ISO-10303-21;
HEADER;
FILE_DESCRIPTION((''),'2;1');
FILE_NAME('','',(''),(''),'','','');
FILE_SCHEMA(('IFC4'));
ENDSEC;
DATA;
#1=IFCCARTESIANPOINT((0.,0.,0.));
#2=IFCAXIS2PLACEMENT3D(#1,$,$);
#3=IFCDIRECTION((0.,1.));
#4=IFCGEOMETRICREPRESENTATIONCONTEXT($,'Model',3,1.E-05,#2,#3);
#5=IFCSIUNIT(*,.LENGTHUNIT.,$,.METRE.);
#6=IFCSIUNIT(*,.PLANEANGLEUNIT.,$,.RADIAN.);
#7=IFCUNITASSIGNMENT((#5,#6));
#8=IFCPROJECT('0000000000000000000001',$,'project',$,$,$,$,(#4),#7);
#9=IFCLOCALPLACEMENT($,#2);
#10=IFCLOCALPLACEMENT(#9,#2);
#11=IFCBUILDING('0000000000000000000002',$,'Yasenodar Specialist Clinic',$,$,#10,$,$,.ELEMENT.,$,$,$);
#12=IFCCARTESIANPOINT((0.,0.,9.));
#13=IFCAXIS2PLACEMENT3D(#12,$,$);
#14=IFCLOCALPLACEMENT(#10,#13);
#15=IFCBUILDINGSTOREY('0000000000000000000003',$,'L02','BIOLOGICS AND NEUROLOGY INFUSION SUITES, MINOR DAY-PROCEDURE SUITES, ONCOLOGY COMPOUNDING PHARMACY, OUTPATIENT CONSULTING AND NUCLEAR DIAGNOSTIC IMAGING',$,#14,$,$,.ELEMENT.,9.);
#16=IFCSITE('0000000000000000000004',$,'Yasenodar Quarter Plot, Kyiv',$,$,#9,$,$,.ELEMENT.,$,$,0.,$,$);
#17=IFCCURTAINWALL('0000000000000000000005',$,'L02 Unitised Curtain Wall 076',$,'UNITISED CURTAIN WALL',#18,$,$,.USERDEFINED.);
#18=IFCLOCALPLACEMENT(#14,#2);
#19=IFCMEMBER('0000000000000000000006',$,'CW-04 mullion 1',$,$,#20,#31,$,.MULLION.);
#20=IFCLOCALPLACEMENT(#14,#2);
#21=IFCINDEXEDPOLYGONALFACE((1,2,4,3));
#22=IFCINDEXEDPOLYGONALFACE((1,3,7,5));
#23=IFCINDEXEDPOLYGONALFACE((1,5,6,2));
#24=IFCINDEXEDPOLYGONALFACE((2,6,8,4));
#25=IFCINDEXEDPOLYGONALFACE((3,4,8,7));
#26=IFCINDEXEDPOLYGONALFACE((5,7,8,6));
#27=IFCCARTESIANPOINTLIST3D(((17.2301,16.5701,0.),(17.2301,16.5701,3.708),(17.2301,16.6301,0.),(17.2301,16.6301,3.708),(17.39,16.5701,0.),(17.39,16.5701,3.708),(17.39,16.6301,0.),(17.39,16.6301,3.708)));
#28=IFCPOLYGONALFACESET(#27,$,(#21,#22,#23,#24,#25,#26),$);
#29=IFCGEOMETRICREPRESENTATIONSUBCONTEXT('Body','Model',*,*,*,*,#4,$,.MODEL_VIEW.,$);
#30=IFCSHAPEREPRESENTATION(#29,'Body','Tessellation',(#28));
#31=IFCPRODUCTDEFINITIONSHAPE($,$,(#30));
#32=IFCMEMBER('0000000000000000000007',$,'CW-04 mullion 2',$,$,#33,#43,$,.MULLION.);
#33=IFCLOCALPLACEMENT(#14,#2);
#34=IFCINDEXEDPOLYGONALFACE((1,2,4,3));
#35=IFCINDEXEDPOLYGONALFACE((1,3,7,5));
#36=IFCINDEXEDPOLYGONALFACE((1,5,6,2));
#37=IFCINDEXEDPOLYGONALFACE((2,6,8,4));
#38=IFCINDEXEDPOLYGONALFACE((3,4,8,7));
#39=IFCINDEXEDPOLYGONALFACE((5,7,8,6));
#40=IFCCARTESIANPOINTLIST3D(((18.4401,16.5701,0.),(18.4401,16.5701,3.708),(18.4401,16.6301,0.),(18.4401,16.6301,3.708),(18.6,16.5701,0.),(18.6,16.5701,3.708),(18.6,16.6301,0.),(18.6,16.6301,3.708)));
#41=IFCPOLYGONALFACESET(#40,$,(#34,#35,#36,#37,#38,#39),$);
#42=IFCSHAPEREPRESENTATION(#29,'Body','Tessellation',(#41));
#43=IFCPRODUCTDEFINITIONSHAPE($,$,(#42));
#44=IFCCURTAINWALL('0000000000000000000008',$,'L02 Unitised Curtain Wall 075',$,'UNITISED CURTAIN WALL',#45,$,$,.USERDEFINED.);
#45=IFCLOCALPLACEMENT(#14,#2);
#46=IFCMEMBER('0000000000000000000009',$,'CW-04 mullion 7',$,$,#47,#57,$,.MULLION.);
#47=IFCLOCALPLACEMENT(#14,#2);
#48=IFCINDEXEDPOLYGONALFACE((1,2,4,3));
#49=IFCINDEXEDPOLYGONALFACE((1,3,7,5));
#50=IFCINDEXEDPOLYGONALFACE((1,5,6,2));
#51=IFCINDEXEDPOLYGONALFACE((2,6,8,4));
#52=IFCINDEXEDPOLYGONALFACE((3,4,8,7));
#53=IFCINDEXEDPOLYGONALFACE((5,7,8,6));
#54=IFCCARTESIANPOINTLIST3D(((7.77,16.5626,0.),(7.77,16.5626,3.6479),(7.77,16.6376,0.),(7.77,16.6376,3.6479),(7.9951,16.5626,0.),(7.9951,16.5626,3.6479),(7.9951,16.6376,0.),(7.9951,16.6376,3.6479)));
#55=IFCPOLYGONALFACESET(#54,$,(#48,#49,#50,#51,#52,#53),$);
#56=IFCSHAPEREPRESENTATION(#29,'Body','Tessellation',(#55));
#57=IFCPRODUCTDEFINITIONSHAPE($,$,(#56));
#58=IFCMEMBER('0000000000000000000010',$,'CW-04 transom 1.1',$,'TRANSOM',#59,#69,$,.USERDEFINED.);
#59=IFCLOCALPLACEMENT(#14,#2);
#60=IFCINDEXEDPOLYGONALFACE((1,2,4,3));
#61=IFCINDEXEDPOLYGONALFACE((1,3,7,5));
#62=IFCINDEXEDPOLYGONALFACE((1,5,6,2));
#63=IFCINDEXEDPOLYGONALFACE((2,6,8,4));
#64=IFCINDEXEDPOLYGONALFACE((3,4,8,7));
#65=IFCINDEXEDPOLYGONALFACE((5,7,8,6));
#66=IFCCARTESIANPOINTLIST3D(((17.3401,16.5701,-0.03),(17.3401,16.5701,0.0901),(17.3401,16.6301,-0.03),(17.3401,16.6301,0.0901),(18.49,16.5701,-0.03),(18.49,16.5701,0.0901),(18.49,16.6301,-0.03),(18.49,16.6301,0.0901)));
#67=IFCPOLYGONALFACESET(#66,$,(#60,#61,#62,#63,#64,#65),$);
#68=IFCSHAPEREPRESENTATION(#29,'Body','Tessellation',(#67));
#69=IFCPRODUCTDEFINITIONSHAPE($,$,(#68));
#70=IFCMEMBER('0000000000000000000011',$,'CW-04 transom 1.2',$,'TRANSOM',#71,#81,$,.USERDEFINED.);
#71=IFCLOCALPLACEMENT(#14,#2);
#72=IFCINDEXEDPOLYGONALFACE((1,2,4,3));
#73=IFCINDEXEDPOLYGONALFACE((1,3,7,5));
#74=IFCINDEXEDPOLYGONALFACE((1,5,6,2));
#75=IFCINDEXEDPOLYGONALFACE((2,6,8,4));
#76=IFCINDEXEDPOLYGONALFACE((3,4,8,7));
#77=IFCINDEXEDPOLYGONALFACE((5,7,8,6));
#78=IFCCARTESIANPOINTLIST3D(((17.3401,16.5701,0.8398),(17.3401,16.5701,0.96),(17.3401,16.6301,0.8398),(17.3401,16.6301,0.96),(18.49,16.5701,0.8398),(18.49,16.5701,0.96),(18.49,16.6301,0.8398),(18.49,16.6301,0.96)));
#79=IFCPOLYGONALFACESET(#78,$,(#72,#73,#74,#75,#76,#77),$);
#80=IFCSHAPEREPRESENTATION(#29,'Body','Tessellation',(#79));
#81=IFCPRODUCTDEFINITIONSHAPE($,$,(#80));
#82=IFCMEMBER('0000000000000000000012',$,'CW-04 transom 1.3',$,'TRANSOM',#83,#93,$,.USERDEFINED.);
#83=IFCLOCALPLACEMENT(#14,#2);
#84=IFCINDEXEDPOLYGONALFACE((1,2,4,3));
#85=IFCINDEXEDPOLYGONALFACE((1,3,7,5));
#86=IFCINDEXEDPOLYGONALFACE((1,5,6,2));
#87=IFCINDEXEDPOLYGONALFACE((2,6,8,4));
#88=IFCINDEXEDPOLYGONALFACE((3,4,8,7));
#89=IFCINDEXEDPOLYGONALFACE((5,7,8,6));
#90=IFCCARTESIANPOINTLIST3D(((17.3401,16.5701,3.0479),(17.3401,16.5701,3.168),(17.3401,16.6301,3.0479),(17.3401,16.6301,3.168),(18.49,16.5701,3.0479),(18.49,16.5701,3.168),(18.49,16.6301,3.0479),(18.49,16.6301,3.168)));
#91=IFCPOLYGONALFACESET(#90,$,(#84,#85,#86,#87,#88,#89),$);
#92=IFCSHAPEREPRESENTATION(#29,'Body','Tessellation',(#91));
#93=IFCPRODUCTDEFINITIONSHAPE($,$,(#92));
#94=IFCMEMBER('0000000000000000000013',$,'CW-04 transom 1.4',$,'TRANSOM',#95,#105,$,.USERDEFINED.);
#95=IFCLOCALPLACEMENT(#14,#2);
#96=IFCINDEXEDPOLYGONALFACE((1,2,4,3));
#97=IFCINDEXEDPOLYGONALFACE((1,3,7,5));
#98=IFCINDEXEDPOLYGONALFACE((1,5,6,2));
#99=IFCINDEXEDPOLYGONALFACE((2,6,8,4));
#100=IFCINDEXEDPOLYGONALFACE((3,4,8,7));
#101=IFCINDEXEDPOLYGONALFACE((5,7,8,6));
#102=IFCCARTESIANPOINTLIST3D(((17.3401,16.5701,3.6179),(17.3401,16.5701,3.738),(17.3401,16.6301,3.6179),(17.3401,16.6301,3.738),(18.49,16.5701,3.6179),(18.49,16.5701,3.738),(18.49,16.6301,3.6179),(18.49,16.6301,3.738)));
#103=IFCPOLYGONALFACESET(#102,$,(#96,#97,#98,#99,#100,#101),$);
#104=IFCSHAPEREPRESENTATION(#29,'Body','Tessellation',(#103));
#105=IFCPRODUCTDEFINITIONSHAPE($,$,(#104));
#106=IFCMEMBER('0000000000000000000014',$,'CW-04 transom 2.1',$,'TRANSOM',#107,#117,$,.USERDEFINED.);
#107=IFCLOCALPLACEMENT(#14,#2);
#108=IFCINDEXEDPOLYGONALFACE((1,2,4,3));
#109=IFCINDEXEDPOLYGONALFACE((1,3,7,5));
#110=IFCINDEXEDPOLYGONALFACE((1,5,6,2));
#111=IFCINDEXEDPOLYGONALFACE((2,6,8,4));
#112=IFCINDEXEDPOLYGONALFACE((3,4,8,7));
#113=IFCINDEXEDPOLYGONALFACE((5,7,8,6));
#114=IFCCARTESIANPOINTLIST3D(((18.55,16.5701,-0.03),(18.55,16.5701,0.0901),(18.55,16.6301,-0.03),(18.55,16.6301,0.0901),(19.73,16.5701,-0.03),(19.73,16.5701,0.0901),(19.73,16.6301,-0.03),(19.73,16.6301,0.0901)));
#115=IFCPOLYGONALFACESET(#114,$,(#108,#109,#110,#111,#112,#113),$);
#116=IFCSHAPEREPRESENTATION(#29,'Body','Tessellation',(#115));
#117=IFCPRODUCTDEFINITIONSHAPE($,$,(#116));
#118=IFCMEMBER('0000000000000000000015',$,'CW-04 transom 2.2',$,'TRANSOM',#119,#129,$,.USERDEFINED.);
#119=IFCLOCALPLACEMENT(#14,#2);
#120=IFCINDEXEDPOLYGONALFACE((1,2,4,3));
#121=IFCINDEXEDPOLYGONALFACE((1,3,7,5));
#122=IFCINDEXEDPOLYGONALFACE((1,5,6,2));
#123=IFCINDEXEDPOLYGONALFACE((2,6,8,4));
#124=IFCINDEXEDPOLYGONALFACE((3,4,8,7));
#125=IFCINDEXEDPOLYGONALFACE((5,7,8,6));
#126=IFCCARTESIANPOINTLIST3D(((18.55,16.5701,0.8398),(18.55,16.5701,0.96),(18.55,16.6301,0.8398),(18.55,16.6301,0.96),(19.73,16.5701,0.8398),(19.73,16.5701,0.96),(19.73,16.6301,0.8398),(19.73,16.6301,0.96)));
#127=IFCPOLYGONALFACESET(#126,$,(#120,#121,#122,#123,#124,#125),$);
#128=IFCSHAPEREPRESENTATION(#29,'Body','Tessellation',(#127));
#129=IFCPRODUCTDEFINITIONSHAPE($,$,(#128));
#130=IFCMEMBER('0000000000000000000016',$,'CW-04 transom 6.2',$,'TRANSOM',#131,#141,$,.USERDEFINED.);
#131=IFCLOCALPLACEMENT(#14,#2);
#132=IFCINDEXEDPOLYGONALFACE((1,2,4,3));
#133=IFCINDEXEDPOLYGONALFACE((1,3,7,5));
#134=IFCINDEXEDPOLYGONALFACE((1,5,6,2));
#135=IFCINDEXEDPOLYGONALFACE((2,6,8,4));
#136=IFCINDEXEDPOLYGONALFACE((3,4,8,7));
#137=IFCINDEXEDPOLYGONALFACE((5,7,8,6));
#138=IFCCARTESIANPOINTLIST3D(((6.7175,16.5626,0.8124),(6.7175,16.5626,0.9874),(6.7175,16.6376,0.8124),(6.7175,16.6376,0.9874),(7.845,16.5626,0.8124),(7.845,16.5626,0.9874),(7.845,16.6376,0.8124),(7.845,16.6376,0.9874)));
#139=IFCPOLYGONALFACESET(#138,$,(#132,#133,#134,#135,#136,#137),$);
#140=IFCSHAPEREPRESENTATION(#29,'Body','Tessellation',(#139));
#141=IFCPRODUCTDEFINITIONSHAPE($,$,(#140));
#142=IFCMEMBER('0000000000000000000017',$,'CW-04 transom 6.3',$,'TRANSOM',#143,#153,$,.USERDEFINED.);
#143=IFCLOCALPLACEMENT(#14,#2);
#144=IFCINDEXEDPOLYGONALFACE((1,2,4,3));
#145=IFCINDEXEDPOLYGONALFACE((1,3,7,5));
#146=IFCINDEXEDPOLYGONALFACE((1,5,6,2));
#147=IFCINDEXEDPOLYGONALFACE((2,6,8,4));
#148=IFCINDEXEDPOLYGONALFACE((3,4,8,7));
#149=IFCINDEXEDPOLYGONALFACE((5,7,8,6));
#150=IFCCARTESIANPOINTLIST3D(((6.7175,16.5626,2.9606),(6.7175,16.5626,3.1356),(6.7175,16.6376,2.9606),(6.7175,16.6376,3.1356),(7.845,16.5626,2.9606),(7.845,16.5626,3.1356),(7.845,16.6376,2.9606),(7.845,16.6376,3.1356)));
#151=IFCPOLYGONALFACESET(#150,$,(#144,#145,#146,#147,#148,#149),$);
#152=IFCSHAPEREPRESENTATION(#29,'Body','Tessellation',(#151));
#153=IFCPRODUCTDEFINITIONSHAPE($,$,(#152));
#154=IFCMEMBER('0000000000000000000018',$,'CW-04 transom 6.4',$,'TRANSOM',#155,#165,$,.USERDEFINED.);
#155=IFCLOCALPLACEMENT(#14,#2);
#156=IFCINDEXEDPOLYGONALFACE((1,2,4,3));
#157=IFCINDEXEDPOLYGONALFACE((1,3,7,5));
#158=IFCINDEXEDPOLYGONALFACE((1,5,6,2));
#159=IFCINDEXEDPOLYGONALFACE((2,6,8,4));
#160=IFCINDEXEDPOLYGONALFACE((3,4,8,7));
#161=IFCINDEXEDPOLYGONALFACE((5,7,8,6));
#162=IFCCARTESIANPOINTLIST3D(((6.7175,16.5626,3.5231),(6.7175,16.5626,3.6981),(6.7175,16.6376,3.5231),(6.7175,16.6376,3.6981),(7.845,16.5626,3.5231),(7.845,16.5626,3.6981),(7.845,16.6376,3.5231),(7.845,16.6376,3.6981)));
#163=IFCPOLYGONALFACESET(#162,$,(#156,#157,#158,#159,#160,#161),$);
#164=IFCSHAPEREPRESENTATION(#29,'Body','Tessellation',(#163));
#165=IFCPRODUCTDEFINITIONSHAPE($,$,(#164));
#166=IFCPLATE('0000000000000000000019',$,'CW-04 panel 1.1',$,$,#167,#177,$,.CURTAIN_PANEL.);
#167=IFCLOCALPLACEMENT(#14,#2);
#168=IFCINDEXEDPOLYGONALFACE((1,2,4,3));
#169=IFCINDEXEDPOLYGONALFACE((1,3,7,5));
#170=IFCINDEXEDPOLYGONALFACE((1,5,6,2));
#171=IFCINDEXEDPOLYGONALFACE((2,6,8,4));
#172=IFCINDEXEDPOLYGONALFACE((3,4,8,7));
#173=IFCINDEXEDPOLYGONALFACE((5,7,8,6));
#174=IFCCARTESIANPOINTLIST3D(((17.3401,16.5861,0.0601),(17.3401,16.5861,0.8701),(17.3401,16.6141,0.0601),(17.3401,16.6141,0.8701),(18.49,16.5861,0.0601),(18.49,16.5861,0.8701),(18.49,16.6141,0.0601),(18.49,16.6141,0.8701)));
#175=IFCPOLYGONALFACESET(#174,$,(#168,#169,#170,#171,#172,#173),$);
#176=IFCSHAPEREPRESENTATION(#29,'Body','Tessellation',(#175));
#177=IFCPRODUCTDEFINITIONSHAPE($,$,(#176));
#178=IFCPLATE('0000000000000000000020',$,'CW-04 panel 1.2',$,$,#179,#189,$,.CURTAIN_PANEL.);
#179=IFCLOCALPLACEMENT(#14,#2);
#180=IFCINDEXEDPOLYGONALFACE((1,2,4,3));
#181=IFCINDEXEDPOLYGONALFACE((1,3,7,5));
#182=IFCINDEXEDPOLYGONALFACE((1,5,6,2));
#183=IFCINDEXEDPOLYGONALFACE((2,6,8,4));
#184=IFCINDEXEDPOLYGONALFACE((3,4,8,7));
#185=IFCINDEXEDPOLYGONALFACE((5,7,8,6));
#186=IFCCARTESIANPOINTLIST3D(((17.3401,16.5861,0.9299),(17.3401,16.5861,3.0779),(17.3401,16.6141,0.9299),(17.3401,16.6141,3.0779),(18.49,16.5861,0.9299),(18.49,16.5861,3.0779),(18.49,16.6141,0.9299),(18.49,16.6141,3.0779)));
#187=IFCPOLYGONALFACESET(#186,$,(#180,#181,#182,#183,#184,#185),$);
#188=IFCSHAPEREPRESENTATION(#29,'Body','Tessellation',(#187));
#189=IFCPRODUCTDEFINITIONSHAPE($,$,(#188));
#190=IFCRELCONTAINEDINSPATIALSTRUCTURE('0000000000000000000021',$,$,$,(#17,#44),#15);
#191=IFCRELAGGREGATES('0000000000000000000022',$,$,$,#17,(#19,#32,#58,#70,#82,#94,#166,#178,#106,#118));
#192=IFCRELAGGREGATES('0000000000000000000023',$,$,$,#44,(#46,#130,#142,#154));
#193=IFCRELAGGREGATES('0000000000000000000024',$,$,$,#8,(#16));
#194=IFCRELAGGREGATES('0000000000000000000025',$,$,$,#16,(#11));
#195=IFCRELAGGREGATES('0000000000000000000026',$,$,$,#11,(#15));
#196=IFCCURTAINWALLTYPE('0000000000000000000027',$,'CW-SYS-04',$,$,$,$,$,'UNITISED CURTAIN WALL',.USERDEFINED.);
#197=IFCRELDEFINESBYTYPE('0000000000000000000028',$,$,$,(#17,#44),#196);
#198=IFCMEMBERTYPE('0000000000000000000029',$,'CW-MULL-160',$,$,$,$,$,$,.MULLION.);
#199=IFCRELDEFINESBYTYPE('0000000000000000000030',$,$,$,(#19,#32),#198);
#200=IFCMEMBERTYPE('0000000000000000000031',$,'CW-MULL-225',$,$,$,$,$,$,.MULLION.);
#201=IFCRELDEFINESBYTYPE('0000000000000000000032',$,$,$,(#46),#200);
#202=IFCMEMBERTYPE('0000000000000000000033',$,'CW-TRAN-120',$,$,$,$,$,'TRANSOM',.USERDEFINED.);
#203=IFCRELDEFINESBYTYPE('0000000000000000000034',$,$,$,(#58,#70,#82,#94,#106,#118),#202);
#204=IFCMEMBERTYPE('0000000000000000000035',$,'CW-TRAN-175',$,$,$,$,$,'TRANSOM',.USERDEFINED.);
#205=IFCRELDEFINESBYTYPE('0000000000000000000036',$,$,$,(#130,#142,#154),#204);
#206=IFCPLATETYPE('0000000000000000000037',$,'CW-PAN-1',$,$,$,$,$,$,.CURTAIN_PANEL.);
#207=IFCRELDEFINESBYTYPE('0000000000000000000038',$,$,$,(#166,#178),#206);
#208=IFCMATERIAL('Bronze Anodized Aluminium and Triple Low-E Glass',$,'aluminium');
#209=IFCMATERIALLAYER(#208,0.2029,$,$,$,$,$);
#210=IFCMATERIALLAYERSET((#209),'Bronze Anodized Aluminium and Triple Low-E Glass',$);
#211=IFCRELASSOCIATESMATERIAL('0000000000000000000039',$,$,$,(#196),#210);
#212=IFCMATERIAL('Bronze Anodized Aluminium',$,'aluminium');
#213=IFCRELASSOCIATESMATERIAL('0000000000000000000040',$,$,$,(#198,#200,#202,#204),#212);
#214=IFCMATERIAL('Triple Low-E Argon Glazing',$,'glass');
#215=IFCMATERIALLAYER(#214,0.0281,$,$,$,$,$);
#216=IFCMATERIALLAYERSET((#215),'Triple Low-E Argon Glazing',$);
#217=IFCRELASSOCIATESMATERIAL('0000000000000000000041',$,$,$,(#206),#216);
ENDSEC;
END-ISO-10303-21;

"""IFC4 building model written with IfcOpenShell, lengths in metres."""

from ifc_helpers import new_model, si_unit, direction, frame, origin, origin_2d, place, context, subcontext, project, spatial, rectangle, extrude, material, layer, layer_set, material_profile, profile_set, type_object, element, aggregate, save


model = new_model("IFC4")

# Units and contexts
model_context = context("Model", 3, precision=1e-05, world=origin(), true_north=direction((0.0, 1.0)))
body_context = subcontext(model_context, "Body", "Model", "MODEL_VIEW")
ifc_project = project(units=[si_unit("LENGTHUNIT", "METRE"), si_unit("PLANEANGLEUNIT", "RADIAN")], contexts=[model_context])

# Site, building, storey
site_placement = place(None, origin())
site = spatial("IfcSite", under=ifc_project, at=site_placement, Name="Yasenodar Quarter Plot, Kyiv", CompositionType="ELEMENT", RefElevation=0.0)
building_placement = place(site_placement, origin())
building = spatial("IfcBuilding", under=site, at=building_placement, Name="Yasenodar Specialist Clinic", CompositionType="ELEMENT")
storey_placement = place(building_placement, frame((0.0, 0.0, 9.0)))
storey = spatial("IfcBuildingStorey", under=building, at=storey_placement, Name="L02", Description="BIOLOGICS AND NEUROLOGY INFUSION SUITES, MINOR DAY-PROCEDURE SUITES, ONCOLOGY COMPOUNDING PHARMACY, OUTPATIENT CONSULTING AND NUCLEAR DIAGNOSTIC IMAGING", CompositionType="ELEMENT", Elevation=9.0)

# Curtain wall, members
ifc_material_1 = material(Name="Bronze Anodized Aluminium and Triple Low-E Glass", Category="aluminium")
ifc_layer_1 = layer(ifc_material_1, 0.2029)
ifc_layer_set_1 = layer_set([ifc_layer_1], Name="Bronze Anodized Aluminium and Triple Low-E Glass")
curtain_wall_type = type_object("IfcCurtainWallType", Name="CW-SYS-04", ElementType="UNITISED CURTAIN WALL", PredefinedType="USERDEFINED", material=ifc_layer_set_1)
curtain_wall_1_placement = place(storey_placement, origin())
curtain_wall_1 = element("IfcCurtainWall", 1, at=curtain_wall_1_placement, inside=storey, type_object=curtain_wall_type, Name="L02 Unitised Curtain Wall 076", ObjectType="UNITISED CURTAIN WALL", PredefinedType="USERDEFINED")
ifc_material_2 = material(Name="Bronze Anodized Aluminium", Category="aluminium")
ifc_material_profile_1 = material_profile(ifc_material_2, rectangle(XDim=0.0601, YDim=0.1599, at=origin_2d()), Name="CW-MULL 60x160")
ifc_profile_set_1 = profile_set([ifc_material_profile_1], Name="Bronze Anodized Aluminium")
member_type_1 = type_object("IfcMemberType", Name="CW-MULL-160", PredefinedType="MULLION", material=ifc_profile_set_1)
member_1_placement = place(storey_placement, frame((17.3101, 16.6001, 0.0), z_axis=(0.0, 0.0, 1.0), x_axis=(0.0, 1.0, 0.0)))
member_1 = element("IfcMember", 2, at=member_1_placement, type_object=member_type_1, Name="CW-04 mullion 1", PredefinedType="MULLION", context=body_context, shape_type="SweptSolid", body=[
    extrude(rectangle(XDim=0.0601, YDim=0.1599, at=origin_2d()), origin(), (0.0, 0.0, 1.0), 3.708),
])
member_2_placement = place(storey_placement, frame((18.52, 16.6001, 0.0), z_axis=(0.0, 0.0, 1.0), x_axis=(0.0, 1.0, 0.0)))
member_2 = element("IfcMember", 3, at=member_2_placement, type_object=member_type_1, Name="CW-04 mullion 2", PredefinedType="MULLION", context=body_context, shape_type="SweptSolid", body=[
    extrude(rectangle(XDim=0.0601, YDim=0.1599, at=origin_2d()), origin(), (0.0, 0.0, 1.0), 3.708),
])

# Curtain wall, member
curtain_wall_2_placement = place(storey_placement, origin())
curtain_wall_2 = element("IfcCurtainWall", 4, at=curtain_wall_2_placement, inside=storey, type_object=curtain_wall_type, Name="L02 Unitised Curtain Wall 075", ObjectType="UNITISED CURTAIN WALL", PredefinedType="USERDEFINED")
ifc_material_profile_2 = material_profile(ifc_material_2, rectangle(XDim=0.075, YDim=0.2251, at=origin_2d()), Name="CW-MULL 75x225")
ifc_profile_set_2 = profile_set([ifc_material_profile_2], Name="Bronze Anodized Aluminium")
member_type_2 = type_object("IfcMemberType", Name="CW-MULL-225", PredefinedType="MULLION", material=ifc_profile_set_2)
member_3_placement = place(storey_placement, frame((7.8826, 16.6001, 0.0), z_axis=(0.0, 0.0, 1.0), x_axis=(0.0, 1.0, 0.0)))
member_3 = element("IfcMember", 5, at=member_3_placement, type_object=member_type_2, Name="CW-04 mullion 7", PredefinedType="MULLION", context=body_context, shape_type="SweptSolid", body=[
    extrude(rectangle(XDim=0.075, YDim=0.2251, at=origin_2d()), origin(), (0.0, 0.0, 1.0), 3.6479),
])

# Members
ifc_material_profile_3 = material_profile(ifc_material_2, rectangle(XDim=0.0601, YDim=0.1201, at=origin_2d()), Name="CW-TRAN 60x120")
ifc_profile_set_3 = profile_set([ifc_material_profile_3], Name="Bronze Anodized Aluminium")
member_type_3 = type_object("IfcMemberType", Name="CW-TRAN-120", ElementType="TRANSOM", PredefinedType="USERDEFINED", material=ifc_profile_set_3)
member_4_placement = place(storey_placement, frame((17.3401, 16.6001, 0.03), z_axis=(1.0, 0.0, 0.0), x_axis=(0.0, 1.0, 0.0)))
member_4 = element("IfcMember", 6, at=member_4_placement, type_object=member_type_3, Name="CW-04 transom 1.1", ObjectType="TRANSOM", PredefinedType="USERDEFINED", context=body_context, shape_type="SweptSolid", body=[
    extrude(rectangle(XDim=0.0601, YDim=0.1201, at=origin_2d()), origin(), (0.0, 0.0, 1.0), 1.1499),
])
member_5_placement = place(storey_placement, frame((17.3401, 16.6001, 0.8999), z_axis=(1.0, 0.0, 0.0), x_axis=(0.0, 1.0, 0.0)))
member_5 = element("IfcMember", 7, at=member_5_placement, type_object=member_type_3, Name="CW-04 transom 1.2", ObjectType="TRANSOM", PredefinedType="USERDEFINED", context=body_context, shape_type="SweptSolid", body=[
    extrude(rectangle(XDim=0.0601, YDim=0.1201, at=origin_2d()), origin(), (0.0, 0.0, 1.0), 1.1499),
])
member_6_placement = place(storey_placement, frame((17.3401, 16.6001, 3.1079), z_axis=(1.0, 0.0, 0.0), x_axis=(0.0, 1.0, 0.0)))
member_6 = element("IfcMember", 8, at=member_6_placement, type_object=member_type_3, Name="CW-04 transom 1.3", ObjectType="TRANSOM", PredefinedType="USERDEFINED", context=body_context, shape_type="SweptSolid", body=[
    extrude(rectangle(XDim=0.0601, YDim=0.1201, at=origin_2d()), origin(), (0.0, 0.0, 1.0), 1.1499),
])
member_7_placement = place(storey_placement, frame((17.3401, 16.6001, 3.678), z_axis=(1.0, 0.0, 0.0), x_axis=(0.0, 1.0, 0.0)))
member_7 = element("IfcMember", 9, at=member_7_placement, type_object=member_type_3, Name="CW-04 transom 1.4", ObjectType="TRANSOM", PredefinedType="USERDEFINED", context=body_context, shape_type="SweptSolid", body=[
    extrude(rectangle(XDim=0.0601, YDim=0.1201, at=origin_2d()), origin(), (0.0, 0.0, 1.0), 1.1499),
])
member_8_placement = place(storey_placement, frame((18.55, 16.6001, 0.03), z_axis=(1.0, 0.0, 0.0), x_axis=(0.0, 1.0, 0.0)))
member_8 = element("IfcMember", 10, at=member_8_placement, type_object=member_type_3, Name="CW-04 transom 2.1", ObjectType="TRANSOM", PredefinedType="USERDEFINED", context=body_context, shape_type="SweptSolid", body=[
    extrude(rectangle(XDim=0.0601, YDim=0.1201, at=origin_2d()), origin(), (0.0, 0.0, 1.0), 1.1799),
])
member_9_placement = place(storey_placement, frame((18.55, 16.6001, 0.8999), z_axis=(1.0, 0.0, 0.0), x_axis=(0.0, 1.0, 0.0)))
member_9 = element("IfcMember", 11, at=member_9_placement, type_object=member_type_3, Name="CW-04 transom 2.2", ObjectType="TRANSOM", PredefinedType="USERDEFINED", context=body_context, shape_type="SweptSolid", body=[
    extrude(rectangle(XDim=0.0601, YDim=0.1201, at=origin_2d()), origin(), (0.0, 0.0, 1.0), 1.1799),
])
ifc_material_profile_4 = material_profile(ifc_material_2, rectangle(XDim=0.075, YDim=0.175, at=origin_2d()), Name="CW-TRAN 75x175")
ifc_profile_set_4 = profile_set([ifc_material_profile_4], Name="Bronze Anodized Aluminium")
member_type_4 = type_object("IfcMemberType", Name="CW-TRAN-175", ElementType="TRANSOM", PredefinedType="USERDEFINED", material=ifc_profile_set_4)
member_10_placement = place(storey_placement, frame((6.7175, 16.6001, 0.8999), z_axis=(1.0, 0.0, 0.0), x_axis=(0.0, 1.0, 0.0)))
member_10 = element("IfcMember", 12, at=member_10_placement, type_object=member_type_4, Name="CW-04 transom 6.2", ObjectType="TRANSOM", PredefinedType="USERDEFINED", context=body_context, shape_type="SweptSolid", body=[
    extrude(rectangle(XDim=0.075, YDim=0.175, at=origin_2d()), origin(), (0.0, 0.0, 1.0), 1.1274),
])
member_11_placement = place(storey_placement, frame((6.7175, 16.6001, 3.0481), z_axis=(1.0, 0.0, 0.0), x_axis=(0.0, 1.0, 0.0)))
member_11 = element("IfcMember", 13, at=member_11_placement, type_object=member_type_4, Name="CW-04 transom 6.3", ObjectType="TRANSOM", PredefinedType="USERDEFINED", context=body_context, shape_type="SweptSolid", body=[
    extrude(rectangle(XDim=0.075, YDim=0.175, at=origin_2d()), origin(), (0.0, 0.0, 1.0), 1.1274),
])
member_12_placement = place(storey_placement, frame((6.7175, 16.6001, 3.6106), z_axis=(1.0, 0.0, 0.0), x_axis=(0.0, 1.0, 0.0)))
member_12 = element("IfcMember", 14, at=member_12_placement, type_object=member_type_4, Name="CW-04 transom 6.4", ObjectType="TRANSOM", PredefinedType="USERDEFINED", context=body_context, shape_type="SweptSolid", body=[
    extrude(rectangle(XDim=0.075, YDim=0.175, at=origin_2d()), origin(), (0.0, 0.0, 1.0), 1.1274),
])

# Plates
ifc_material_3 = material(Name="Triple Low-E Argon Glazing", Category="glass")
ifc_layer_2 = layer(ifc_material_3, 0.0281)
ifc_layer_set_2 = layer_set([ifc_layer_2], Name="Triple Low-E Argon Glazing")
plate_type_1 = type_object("IfcPlateType", Name="CW-PAN-1", PredefinedType="CURTAIN_PANEL", material=ifc_layer_set_2)
plate_1_placement = place(storey_placement, frame((17.915, 16.6001, 0.0601), z_axis=(0.0, 0.0, 1.0), x_axis=(1.0, 0.0, 0.0)))
plate_1 = element("IfcPlate", 15, at=plate_1_placement, type_object=plate_type_1, Name="CW-04 panel 1.1", PredefinedType="CURTAIN_PANEL", context=body_context, shape_type="SweptSolid", body=[
    extrude(rectangle(XDim=1.1499, YDim=0.0281, at=origin_2d()), origin(), (0.0, 0.0, 1.0), 0.8101),
])
plate_2_placement = place(storey_placement, frame((17.915, 16.6001, 0.9299), z_axis=(0.0, 0.0, 1.0), x_axis=(1.0, 0.0, 0.0)))
plate_2 = element("IfcPlate", 16, at=plate_2_placement, type_object=plate_type_1, Name="CW-04 panel 1.2", PredefinedType="CURTAIN_PANEL", context=body_context, shape_type="SweptSolid", body=[
    extrude(rectangle(XDim=1.1499, YDim=0.0281, at=origin_2d()), origin(), (0.0, 0.0, 1.0), 2.1479),
])
aggregate(curtain_wall_1, [member_1, member_2, member_4, member_5, member_6, member_7, plate_1, plate_2, member_8, member_9])
aggregate(curtain_wall_2, [member_3, member_10, member_11, member_12])

save(model, "model.ifc")
